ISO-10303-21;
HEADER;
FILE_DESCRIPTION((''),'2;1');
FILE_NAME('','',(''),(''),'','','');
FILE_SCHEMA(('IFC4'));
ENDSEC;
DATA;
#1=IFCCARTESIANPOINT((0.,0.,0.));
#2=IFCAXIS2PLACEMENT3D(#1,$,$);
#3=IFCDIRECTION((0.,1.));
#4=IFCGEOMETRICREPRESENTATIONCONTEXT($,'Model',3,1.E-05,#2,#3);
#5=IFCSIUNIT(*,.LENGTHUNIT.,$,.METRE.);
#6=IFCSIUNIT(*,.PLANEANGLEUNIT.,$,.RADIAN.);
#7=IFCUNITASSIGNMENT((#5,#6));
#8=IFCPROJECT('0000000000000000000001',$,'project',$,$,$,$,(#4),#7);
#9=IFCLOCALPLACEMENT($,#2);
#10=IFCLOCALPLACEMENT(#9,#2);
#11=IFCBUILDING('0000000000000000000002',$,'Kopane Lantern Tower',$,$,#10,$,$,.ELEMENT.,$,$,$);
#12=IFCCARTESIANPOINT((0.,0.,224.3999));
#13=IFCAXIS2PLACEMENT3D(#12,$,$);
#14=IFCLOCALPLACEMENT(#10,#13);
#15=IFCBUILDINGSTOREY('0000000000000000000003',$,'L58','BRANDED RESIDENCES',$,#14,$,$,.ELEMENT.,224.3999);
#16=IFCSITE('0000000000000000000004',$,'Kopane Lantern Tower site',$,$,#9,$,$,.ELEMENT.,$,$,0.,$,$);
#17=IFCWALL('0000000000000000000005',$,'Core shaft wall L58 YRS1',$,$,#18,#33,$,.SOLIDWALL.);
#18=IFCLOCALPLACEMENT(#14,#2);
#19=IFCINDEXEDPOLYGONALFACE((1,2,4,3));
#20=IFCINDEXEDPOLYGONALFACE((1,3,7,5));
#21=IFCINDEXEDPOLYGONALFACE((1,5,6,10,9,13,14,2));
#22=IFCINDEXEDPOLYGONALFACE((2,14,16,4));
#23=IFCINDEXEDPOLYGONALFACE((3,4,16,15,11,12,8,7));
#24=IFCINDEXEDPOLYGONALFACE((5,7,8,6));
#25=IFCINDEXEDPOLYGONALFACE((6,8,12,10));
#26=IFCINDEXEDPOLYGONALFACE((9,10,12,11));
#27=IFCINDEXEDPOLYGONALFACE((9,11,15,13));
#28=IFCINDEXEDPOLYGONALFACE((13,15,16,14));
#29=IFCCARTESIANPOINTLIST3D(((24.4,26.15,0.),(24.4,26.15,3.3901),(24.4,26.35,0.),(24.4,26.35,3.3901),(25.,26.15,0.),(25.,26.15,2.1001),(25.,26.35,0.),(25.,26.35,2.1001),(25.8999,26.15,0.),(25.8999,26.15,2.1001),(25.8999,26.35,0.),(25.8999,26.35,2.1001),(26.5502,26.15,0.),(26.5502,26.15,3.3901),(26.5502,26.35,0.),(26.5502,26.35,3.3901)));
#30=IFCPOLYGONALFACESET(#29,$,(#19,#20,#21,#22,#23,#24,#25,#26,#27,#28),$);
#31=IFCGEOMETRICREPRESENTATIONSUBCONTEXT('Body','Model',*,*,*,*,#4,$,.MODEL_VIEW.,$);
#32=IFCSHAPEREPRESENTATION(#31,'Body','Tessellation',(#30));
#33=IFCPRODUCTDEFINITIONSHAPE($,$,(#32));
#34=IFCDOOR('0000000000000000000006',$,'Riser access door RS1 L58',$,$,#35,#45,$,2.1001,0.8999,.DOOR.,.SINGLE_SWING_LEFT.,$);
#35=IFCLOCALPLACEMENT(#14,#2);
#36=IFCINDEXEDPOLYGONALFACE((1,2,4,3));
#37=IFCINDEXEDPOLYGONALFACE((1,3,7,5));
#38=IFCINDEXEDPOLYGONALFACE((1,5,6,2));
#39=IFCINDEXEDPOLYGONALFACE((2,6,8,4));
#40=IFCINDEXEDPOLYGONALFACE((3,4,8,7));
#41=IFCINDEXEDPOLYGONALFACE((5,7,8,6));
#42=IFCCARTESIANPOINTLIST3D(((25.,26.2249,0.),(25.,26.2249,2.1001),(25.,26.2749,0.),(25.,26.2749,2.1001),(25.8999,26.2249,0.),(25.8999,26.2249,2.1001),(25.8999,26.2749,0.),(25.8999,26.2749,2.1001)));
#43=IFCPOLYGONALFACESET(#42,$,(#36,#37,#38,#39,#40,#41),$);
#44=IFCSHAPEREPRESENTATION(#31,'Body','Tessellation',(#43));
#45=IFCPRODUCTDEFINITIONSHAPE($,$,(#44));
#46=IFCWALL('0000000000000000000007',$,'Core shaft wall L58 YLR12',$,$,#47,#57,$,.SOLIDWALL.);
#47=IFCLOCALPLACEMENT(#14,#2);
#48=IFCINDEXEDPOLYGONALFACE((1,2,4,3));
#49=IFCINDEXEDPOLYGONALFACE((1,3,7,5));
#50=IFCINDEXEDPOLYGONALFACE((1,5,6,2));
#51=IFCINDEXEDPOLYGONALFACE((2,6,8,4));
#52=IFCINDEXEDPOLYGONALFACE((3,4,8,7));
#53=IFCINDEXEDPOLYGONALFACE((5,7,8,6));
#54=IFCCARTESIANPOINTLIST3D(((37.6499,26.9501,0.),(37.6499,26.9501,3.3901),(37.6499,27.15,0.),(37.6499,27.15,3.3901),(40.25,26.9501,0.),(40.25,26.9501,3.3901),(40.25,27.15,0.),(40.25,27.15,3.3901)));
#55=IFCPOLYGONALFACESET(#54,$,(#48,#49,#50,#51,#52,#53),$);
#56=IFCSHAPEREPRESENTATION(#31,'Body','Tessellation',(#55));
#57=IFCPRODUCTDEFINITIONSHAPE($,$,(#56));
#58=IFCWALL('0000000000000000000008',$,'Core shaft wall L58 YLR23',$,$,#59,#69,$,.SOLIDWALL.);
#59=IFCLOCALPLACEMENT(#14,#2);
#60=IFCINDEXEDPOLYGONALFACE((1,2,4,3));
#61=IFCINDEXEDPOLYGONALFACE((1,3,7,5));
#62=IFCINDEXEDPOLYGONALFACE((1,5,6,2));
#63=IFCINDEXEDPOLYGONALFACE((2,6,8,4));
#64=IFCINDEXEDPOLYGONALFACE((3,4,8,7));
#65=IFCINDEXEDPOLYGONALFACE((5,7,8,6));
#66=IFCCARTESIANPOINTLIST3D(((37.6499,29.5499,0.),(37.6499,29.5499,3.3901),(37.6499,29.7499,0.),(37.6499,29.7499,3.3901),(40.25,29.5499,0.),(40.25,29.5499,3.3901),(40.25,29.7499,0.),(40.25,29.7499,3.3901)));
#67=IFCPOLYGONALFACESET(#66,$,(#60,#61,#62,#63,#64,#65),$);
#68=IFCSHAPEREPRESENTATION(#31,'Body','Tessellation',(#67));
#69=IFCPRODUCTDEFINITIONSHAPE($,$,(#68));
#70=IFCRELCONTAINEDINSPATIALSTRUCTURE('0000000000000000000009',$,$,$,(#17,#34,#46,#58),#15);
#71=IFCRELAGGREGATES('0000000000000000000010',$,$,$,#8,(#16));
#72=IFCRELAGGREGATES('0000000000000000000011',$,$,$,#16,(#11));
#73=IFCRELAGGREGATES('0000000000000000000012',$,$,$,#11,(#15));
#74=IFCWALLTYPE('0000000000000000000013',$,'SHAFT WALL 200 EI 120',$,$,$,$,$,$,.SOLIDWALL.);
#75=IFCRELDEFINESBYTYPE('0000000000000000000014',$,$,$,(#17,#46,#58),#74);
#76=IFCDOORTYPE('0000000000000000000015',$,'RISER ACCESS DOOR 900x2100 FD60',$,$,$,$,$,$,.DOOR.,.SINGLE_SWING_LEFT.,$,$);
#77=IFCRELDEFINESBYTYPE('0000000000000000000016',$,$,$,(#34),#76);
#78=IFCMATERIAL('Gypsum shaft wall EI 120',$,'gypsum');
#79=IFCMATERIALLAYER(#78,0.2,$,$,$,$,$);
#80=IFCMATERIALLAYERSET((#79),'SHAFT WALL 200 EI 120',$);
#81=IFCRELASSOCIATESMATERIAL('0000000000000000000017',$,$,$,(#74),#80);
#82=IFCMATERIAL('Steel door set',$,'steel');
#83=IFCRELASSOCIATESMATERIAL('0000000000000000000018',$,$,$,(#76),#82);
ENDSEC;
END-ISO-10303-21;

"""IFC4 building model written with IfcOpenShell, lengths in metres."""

from ifc_helpers import new_model, si_unit, direction, frame, frame_2d, origin, place, context, subcontext, project, spatial, rectangle, extrude, material, layer, layer_set, type_object, element, fill, save


model = new_model("IFC4")

# Units and contexts
model_context = context("Model", 3, precision=1e-05, world=origin(), true_north=direction((0.0, 1.0)))
body_context = subcontext(model_context, "Body", "Model", "MODEL_VIEW")
ifc_project = project(units=[si_unit("LENGTHUNIT", "METRE"), si_unit("PLANEANGLEUNIT", "RADIAN")], contexts=[model_context])

# Site, building, storey
site_placement = place(None, origin())
site = spatial("IfcSite", under=ifc_project, at=site_placement, Name="Kopane Lantern Tower site", CompositionType="ELEMENT", RefElevation=0.0)
building_placement = place(site_placement, origin())
building = spatial("IfcBuilding", under=site, at=building_placement, Name="Kopane Lantern Tower", CompositionType="ELEMENT")
storey_placement = place(building_placement, frame((0.0, 0.0, 224.3999)))
storey = spatial("IfcBuildingStorey", under=building, at=storey_placement, Name="L58", Description="BRANDED RESIDENCES", CompositionType="ELEMENT", Elevation=224.3999)

# Shared definitions
ifc_material_1 = material(Name="Gypsum shaft wall EI 120", Category="gypsum")
ifc_layer_1 = layer(ifc_material_1, 0.2)
ifc_layer_set_1 = layer_set([ifc_layer_1], Name="SHAFT WALL 200 EI 120")
wall_type_1 = type_object("IfcWallType", Name="SHAFT WALL 200 EI 120", PredefinedType="SOLIDWALL", material=ifc_layer_set_1)

# Wall, opening, door
wall_1_placement = place(storey_placement, frame((24.3999, 26.25, 0.0), z_axis=(0.0, 0.0, 1.0), x_axis=(1.0, 0.0, 0.0)))
wall_1 = element("IfcWall", 1, at=wall_1_placement, inside=storey, type_object=wall_type_1, Name="Core shaft wall L58 YRS1", PredefinedType="SOLIDWALL", context=body_context, shape_type="SweptSolid", body=[
    extrude(rectangle(XDim=2.1501, YDim=0.2, at=frame_2d((1.0752, 0.0))), origin(), (0.0, 0.0, 1.0), 3.3901),
])
opening_1_placement = place(wall_1_placement, frame((0.6001, 0.0, 0.0)))
opening_1 = element("IfcOpeningElement", 2, at=opening_1_placement, cuts=wall_1, PredefinedType="OPENING", context=body_context, shape_type="SweptSolid", body=[
    extrude(rectangle(XDim=0.8999, YDim=2.1001, at=frame_2d((0.45, 1.05))), frame((0.0, 0.1099, 0.0), z_axis=(0.0, -1.0, 0.0), x_axis=(1.0, 0.0, 0.0)), (0.0, 0.0, 1.0), 0.22),
])
ifc_material_2 = material(Name="Steel door set", Category="steel")
door_type_1 = type_object("IfcDoorType", Name="RISER ACCESS DOOR 900x2100 FD60", OperationType="SINGLE_SWING_LEFT", PredefinedType="DOOR", material=ifc_material_2)
door_1_placement = place(opening_1_placement, origin())
door_1 = element("IfcDoor", 3, at=door_1_placement, inside=storey, type_object=door_type_1, Name="Riser access door RS1 L58", OperationType="SINGLE_SWING_LEFT", OverallHeight=2.1001, OverallWidth=0.8999, PredefinedType="DOOR", context=body_context, shape_type="SweptSolid", body=[
    extrude(rectangle(XDim=0.8999, YDim=2.1001, at=frame_2d((0.45, 1.05))), frame((0.0, 0.0249, 0.0), z_axis=(0.0, -1.0, 0.0), x_axis=(1.0, 0.0, 0.0)), (0.0, 0.0, 1.0), 0.05),
])
fill(opening_1, door_1)

# Walls
for number, where, z_axis, x_axis, name in (
    (4, (37.6499, 27.05, 0.0), (0.0, 0.0, 1.0), (1.0, 0.0, 0.0), "Core shaft wall L58 YLR12"),
    (5, (37.6499, 29.6499, 0.0), (0.0, 0.0, 1.0), (1.0, 0.0, 0.0), "Core shaft wall L58 YLR23"),
):
    element("IfcWall", number, at=place(storey_placement, frame(where, z_axis=z_axis, x_axis=x_axis)), inside=storey, type_object=wall_type_1, Name=name, PredefinedType="SOLIDWALL", context=body_context, shape_type="SweptSolid", body=[
        extrude(rectangle(XDim=2.6001, YDim=0.2, at=frame_2d((1.3, 0.0))), origin(), (0.0, 0.0, 1.0), 3.3901),
    ])

save(model, "model.ifc")
